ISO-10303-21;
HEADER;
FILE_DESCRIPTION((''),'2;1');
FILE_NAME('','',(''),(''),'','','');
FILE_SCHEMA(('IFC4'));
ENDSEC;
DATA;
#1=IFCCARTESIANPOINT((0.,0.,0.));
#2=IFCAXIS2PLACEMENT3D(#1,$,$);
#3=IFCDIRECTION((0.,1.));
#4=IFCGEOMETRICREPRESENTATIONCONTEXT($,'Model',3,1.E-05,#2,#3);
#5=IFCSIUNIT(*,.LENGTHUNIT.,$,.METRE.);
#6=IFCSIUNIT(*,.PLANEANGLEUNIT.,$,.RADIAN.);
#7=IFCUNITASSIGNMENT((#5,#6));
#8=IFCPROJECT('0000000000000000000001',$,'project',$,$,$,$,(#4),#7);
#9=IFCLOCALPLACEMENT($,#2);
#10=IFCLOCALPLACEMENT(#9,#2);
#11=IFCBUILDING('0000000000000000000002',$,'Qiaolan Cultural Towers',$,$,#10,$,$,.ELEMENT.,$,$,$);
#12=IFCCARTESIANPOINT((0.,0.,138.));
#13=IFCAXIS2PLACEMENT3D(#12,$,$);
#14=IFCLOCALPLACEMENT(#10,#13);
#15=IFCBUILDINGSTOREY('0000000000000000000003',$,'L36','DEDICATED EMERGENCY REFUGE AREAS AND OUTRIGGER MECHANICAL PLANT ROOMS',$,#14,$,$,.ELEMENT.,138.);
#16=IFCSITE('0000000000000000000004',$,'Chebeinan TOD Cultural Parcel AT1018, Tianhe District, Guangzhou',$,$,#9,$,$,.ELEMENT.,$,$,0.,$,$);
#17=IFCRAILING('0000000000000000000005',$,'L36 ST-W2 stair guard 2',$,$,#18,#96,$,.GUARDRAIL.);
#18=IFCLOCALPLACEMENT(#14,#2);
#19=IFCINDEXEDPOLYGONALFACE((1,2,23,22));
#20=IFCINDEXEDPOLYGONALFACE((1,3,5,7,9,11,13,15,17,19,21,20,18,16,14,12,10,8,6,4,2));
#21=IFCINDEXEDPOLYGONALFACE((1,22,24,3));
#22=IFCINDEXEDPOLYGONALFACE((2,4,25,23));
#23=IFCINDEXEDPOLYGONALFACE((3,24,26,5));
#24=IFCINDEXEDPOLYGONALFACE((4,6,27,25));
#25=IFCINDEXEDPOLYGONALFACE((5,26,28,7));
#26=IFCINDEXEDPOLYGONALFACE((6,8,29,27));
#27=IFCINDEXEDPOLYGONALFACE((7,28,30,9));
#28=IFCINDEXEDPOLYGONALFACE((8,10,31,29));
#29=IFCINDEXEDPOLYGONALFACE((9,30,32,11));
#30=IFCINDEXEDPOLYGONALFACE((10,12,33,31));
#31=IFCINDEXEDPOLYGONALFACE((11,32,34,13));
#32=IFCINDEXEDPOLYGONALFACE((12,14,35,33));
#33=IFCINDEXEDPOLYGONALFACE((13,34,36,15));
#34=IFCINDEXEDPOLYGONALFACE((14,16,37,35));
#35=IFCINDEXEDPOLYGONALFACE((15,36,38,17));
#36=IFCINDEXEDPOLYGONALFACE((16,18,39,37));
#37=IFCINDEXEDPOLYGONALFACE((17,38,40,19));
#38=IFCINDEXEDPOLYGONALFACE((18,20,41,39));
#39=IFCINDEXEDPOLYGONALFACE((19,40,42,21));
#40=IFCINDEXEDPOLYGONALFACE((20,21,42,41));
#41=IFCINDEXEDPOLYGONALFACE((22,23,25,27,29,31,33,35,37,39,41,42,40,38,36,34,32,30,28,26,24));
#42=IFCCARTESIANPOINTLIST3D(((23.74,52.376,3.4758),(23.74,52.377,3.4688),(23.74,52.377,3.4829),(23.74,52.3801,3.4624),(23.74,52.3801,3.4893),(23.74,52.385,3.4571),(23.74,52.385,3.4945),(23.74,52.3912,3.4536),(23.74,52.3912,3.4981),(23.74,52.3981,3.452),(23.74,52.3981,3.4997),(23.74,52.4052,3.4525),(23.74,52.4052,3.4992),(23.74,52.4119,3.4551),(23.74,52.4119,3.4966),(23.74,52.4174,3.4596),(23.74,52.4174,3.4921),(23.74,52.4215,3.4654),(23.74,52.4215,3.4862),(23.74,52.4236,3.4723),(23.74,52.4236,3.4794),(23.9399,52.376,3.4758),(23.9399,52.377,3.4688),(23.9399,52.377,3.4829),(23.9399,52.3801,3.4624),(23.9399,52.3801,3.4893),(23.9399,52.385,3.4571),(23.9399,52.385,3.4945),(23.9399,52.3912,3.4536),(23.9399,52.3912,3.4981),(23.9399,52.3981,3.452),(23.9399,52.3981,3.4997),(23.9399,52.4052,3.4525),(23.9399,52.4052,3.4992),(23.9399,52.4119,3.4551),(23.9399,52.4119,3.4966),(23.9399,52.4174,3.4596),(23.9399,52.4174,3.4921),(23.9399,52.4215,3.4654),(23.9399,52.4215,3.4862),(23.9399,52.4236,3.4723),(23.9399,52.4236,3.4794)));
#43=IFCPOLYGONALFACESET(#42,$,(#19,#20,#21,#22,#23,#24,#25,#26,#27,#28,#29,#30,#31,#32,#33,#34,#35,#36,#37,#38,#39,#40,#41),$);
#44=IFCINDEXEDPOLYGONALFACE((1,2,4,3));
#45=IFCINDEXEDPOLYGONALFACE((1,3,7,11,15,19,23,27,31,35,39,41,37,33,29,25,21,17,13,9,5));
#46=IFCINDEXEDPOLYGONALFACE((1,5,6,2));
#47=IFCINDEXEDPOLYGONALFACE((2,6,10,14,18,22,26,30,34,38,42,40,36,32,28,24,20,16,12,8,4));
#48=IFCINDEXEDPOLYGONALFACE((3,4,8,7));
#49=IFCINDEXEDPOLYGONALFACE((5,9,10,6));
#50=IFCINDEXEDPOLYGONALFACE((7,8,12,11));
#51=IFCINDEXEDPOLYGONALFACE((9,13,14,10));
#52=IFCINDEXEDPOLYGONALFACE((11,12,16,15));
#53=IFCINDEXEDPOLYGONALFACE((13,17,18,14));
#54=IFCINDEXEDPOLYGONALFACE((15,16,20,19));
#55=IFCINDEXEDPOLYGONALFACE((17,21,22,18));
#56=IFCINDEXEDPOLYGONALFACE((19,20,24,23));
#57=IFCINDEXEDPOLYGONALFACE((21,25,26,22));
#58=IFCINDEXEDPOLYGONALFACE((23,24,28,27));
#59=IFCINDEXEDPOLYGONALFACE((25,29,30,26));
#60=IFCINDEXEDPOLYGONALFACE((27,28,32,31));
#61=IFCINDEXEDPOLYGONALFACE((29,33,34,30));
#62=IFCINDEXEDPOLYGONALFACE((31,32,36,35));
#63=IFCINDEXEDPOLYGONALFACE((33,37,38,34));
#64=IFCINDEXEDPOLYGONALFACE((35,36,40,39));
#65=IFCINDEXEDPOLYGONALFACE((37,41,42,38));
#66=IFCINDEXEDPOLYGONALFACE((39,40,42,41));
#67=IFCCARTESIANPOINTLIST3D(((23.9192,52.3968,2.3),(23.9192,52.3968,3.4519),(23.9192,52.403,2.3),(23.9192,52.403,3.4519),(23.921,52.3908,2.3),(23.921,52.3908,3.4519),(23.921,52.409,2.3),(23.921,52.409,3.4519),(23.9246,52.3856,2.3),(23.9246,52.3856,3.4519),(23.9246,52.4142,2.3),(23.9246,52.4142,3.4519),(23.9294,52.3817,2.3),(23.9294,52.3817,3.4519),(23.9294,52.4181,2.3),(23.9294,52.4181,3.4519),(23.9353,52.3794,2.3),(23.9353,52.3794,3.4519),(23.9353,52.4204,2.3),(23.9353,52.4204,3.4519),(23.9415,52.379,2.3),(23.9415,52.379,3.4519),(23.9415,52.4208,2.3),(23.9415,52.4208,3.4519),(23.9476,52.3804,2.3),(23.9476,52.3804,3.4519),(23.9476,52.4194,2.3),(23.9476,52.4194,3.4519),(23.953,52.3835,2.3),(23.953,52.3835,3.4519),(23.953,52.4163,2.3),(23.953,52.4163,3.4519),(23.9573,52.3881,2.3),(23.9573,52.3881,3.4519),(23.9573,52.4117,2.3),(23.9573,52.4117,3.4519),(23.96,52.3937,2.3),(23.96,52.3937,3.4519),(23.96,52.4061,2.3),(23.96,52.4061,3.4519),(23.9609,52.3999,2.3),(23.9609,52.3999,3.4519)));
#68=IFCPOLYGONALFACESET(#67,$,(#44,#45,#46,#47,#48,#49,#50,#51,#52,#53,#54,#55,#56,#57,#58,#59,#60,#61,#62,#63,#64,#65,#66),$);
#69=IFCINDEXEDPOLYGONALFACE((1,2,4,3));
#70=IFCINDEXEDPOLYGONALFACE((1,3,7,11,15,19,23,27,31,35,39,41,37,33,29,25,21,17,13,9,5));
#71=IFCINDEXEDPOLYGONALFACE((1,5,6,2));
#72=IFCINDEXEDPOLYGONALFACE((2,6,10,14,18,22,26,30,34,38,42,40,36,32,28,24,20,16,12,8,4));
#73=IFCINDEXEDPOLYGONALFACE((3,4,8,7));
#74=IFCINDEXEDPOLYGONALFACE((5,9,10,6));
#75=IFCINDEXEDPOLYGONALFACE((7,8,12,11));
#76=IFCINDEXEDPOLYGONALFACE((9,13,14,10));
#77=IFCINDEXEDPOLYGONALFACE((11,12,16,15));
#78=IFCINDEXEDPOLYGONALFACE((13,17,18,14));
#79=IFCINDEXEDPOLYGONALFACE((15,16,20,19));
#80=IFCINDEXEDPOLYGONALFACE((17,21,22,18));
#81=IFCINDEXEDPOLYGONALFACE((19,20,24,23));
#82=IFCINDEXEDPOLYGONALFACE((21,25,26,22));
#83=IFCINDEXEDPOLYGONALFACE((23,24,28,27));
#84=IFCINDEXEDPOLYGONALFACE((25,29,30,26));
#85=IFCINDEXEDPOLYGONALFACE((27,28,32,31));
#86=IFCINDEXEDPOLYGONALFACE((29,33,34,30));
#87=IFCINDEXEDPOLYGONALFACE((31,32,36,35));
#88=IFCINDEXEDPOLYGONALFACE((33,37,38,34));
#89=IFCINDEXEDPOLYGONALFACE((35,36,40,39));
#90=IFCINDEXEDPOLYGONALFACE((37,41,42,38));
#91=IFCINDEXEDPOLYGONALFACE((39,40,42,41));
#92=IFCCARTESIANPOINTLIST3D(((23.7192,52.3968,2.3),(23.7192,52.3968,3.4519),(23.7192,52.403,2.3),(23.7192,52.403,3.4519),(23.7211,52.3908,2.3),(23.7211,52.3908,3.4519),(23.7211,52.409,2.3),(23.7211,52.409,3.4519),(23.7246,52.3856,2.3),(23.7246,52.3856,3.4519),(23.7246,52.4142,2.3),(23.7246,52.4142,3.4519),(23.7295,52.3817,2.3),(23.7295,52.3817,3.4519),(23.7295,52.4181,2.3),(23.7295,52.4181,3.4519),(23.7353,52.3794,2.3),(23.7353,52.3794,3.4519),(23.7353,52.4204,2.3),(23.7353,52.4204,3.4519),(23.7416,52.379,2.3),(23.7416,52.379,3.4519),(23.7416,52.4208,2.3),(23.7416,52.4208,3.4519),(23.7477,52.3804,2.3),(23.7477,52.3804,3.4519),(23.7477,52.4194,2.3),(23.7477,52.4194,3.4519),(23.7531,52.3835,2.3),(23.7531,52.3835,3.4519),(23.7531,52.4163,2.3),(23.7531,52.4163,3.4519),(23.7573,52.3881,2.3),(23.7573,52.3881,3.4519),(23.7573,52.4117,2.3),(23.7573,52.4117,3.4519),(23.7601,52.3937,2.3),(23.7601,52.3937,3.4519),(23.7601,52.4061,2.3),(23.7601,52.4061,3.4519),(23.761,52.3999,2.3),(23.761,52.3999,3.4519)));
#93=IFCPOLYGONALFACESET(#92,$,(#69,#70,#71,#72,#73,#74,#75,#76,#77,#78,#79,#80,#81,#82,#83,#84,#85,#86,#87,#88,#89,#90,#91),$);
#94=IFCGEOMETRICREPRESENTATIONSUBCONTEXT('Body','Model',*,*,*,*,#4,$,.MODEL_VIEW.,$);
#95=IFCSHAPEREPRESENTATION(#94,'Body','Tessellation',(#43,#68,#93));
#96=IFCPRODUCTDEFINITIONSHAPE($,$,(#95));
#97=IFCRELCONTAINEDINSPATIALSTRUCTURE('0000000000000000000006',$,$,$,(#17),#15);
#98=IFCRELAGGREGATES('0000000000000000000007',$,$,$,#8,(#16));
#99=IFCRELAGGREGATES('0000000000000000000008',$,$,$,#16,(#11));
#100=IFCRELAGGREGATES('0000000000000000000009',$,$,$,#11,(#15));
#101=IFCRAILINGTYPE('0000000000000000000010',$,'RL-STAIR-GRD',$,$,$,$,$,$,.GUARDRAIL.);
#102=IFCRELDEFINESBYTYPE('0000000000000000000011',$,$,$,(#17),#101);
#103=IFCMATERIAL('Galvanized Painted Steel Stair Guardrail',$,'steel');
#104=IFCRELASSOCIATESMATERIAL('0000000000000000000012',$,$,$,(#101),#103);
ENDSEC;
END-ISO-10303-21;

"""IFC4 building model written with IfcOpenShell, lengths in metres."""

from ifc_helpers import new_model, si_unit, direction, frame, origin, origin_2d, place, context, subcontext, project, spatial, circle, extrude, material, type_object, element, save


model = new_model("IFC4")

# Units and contexts
model_context = context("Model", 3, precision=1e-05, world=origin(), true_north=direction((0.0, 1.0)))
body_context = subcontext(model_context, "Body", "Model", "MODEL_VIEW")
ifc_project = project(units=[si_unit("LENGTHUNIT", "METRE"), si_unit("PLANEANGLEUNIT", "RADIAN")], contexts=[model_context])

# Site, building, storey
site_placement = place(None, origin())
site = spatial("IfcSite", under=ifc_project, at=site_placement, Name="Chebeinan TOD Cultural Parcel AT1018, Tianhe District, Guangzhou", CompositionType="ELEMENT", RefElevation=0.0)
building_placement = place(site_placement, origin())
building = spatial("IfcBuilding", under=site, at=building_placement, Name="Qiaolan Cultural Towers", CompositionType="ELEMENT")
storey_placement = place(building_placement, frame((0.0, 0.0, 138.0)))
storey = spatial("IfcBuildingStorey", under=building, at=storey_placement, Name="L36", Description="DEDICATED EMERGENCY REFUGE AREAS AND OUTRIGGER MECHANICAL PLANT ROOMS", CompositionType="ELEMENT", Elevation=138.0)

# Railing
ifc_material_1 = material(Name="Galvanized Painted Steel Stair Guardrail", Category="steel")
railing_type_1 = type_object("IfcRailingType", Name="RL-STAIR-GRD", PredefinedType="GUARDRAIL", material=ifc_material_1)
railing_1_placement = place(storey_placement, frame((23.9399, 52.3999, 2.3)))
element("IfcRailing", 1, at=railing_1_placement, inside=storey, type_object=railing_type_1, Name="L36 ST-W2 stair guard 2", PredefinedType="GUARDRAIL", context=body_context, shape_type="SweptSolid", body=[
    extrude(circle(Radius=0.0239, at=origin_2d()), frame((0.0, 0.0, 1.1758), z_axis=(-1.0, 0.0, 0.0), x_axis=(0.0, -1.0, 0.0)), (0.0, 0.0, 1.0), 0.2),
    extrude(circle(Radius=0.021, at=origin_2d()), origin(), (0.0, 0.0, 1.0), 1.1519),
    extrude(circle(Radius=0.021, at=origin_2d()), frame((-0.2, 0.0, 0.0)), (0.0, 0.0, 1.0), 1.1519),
])

save(model, "model.ifc")
